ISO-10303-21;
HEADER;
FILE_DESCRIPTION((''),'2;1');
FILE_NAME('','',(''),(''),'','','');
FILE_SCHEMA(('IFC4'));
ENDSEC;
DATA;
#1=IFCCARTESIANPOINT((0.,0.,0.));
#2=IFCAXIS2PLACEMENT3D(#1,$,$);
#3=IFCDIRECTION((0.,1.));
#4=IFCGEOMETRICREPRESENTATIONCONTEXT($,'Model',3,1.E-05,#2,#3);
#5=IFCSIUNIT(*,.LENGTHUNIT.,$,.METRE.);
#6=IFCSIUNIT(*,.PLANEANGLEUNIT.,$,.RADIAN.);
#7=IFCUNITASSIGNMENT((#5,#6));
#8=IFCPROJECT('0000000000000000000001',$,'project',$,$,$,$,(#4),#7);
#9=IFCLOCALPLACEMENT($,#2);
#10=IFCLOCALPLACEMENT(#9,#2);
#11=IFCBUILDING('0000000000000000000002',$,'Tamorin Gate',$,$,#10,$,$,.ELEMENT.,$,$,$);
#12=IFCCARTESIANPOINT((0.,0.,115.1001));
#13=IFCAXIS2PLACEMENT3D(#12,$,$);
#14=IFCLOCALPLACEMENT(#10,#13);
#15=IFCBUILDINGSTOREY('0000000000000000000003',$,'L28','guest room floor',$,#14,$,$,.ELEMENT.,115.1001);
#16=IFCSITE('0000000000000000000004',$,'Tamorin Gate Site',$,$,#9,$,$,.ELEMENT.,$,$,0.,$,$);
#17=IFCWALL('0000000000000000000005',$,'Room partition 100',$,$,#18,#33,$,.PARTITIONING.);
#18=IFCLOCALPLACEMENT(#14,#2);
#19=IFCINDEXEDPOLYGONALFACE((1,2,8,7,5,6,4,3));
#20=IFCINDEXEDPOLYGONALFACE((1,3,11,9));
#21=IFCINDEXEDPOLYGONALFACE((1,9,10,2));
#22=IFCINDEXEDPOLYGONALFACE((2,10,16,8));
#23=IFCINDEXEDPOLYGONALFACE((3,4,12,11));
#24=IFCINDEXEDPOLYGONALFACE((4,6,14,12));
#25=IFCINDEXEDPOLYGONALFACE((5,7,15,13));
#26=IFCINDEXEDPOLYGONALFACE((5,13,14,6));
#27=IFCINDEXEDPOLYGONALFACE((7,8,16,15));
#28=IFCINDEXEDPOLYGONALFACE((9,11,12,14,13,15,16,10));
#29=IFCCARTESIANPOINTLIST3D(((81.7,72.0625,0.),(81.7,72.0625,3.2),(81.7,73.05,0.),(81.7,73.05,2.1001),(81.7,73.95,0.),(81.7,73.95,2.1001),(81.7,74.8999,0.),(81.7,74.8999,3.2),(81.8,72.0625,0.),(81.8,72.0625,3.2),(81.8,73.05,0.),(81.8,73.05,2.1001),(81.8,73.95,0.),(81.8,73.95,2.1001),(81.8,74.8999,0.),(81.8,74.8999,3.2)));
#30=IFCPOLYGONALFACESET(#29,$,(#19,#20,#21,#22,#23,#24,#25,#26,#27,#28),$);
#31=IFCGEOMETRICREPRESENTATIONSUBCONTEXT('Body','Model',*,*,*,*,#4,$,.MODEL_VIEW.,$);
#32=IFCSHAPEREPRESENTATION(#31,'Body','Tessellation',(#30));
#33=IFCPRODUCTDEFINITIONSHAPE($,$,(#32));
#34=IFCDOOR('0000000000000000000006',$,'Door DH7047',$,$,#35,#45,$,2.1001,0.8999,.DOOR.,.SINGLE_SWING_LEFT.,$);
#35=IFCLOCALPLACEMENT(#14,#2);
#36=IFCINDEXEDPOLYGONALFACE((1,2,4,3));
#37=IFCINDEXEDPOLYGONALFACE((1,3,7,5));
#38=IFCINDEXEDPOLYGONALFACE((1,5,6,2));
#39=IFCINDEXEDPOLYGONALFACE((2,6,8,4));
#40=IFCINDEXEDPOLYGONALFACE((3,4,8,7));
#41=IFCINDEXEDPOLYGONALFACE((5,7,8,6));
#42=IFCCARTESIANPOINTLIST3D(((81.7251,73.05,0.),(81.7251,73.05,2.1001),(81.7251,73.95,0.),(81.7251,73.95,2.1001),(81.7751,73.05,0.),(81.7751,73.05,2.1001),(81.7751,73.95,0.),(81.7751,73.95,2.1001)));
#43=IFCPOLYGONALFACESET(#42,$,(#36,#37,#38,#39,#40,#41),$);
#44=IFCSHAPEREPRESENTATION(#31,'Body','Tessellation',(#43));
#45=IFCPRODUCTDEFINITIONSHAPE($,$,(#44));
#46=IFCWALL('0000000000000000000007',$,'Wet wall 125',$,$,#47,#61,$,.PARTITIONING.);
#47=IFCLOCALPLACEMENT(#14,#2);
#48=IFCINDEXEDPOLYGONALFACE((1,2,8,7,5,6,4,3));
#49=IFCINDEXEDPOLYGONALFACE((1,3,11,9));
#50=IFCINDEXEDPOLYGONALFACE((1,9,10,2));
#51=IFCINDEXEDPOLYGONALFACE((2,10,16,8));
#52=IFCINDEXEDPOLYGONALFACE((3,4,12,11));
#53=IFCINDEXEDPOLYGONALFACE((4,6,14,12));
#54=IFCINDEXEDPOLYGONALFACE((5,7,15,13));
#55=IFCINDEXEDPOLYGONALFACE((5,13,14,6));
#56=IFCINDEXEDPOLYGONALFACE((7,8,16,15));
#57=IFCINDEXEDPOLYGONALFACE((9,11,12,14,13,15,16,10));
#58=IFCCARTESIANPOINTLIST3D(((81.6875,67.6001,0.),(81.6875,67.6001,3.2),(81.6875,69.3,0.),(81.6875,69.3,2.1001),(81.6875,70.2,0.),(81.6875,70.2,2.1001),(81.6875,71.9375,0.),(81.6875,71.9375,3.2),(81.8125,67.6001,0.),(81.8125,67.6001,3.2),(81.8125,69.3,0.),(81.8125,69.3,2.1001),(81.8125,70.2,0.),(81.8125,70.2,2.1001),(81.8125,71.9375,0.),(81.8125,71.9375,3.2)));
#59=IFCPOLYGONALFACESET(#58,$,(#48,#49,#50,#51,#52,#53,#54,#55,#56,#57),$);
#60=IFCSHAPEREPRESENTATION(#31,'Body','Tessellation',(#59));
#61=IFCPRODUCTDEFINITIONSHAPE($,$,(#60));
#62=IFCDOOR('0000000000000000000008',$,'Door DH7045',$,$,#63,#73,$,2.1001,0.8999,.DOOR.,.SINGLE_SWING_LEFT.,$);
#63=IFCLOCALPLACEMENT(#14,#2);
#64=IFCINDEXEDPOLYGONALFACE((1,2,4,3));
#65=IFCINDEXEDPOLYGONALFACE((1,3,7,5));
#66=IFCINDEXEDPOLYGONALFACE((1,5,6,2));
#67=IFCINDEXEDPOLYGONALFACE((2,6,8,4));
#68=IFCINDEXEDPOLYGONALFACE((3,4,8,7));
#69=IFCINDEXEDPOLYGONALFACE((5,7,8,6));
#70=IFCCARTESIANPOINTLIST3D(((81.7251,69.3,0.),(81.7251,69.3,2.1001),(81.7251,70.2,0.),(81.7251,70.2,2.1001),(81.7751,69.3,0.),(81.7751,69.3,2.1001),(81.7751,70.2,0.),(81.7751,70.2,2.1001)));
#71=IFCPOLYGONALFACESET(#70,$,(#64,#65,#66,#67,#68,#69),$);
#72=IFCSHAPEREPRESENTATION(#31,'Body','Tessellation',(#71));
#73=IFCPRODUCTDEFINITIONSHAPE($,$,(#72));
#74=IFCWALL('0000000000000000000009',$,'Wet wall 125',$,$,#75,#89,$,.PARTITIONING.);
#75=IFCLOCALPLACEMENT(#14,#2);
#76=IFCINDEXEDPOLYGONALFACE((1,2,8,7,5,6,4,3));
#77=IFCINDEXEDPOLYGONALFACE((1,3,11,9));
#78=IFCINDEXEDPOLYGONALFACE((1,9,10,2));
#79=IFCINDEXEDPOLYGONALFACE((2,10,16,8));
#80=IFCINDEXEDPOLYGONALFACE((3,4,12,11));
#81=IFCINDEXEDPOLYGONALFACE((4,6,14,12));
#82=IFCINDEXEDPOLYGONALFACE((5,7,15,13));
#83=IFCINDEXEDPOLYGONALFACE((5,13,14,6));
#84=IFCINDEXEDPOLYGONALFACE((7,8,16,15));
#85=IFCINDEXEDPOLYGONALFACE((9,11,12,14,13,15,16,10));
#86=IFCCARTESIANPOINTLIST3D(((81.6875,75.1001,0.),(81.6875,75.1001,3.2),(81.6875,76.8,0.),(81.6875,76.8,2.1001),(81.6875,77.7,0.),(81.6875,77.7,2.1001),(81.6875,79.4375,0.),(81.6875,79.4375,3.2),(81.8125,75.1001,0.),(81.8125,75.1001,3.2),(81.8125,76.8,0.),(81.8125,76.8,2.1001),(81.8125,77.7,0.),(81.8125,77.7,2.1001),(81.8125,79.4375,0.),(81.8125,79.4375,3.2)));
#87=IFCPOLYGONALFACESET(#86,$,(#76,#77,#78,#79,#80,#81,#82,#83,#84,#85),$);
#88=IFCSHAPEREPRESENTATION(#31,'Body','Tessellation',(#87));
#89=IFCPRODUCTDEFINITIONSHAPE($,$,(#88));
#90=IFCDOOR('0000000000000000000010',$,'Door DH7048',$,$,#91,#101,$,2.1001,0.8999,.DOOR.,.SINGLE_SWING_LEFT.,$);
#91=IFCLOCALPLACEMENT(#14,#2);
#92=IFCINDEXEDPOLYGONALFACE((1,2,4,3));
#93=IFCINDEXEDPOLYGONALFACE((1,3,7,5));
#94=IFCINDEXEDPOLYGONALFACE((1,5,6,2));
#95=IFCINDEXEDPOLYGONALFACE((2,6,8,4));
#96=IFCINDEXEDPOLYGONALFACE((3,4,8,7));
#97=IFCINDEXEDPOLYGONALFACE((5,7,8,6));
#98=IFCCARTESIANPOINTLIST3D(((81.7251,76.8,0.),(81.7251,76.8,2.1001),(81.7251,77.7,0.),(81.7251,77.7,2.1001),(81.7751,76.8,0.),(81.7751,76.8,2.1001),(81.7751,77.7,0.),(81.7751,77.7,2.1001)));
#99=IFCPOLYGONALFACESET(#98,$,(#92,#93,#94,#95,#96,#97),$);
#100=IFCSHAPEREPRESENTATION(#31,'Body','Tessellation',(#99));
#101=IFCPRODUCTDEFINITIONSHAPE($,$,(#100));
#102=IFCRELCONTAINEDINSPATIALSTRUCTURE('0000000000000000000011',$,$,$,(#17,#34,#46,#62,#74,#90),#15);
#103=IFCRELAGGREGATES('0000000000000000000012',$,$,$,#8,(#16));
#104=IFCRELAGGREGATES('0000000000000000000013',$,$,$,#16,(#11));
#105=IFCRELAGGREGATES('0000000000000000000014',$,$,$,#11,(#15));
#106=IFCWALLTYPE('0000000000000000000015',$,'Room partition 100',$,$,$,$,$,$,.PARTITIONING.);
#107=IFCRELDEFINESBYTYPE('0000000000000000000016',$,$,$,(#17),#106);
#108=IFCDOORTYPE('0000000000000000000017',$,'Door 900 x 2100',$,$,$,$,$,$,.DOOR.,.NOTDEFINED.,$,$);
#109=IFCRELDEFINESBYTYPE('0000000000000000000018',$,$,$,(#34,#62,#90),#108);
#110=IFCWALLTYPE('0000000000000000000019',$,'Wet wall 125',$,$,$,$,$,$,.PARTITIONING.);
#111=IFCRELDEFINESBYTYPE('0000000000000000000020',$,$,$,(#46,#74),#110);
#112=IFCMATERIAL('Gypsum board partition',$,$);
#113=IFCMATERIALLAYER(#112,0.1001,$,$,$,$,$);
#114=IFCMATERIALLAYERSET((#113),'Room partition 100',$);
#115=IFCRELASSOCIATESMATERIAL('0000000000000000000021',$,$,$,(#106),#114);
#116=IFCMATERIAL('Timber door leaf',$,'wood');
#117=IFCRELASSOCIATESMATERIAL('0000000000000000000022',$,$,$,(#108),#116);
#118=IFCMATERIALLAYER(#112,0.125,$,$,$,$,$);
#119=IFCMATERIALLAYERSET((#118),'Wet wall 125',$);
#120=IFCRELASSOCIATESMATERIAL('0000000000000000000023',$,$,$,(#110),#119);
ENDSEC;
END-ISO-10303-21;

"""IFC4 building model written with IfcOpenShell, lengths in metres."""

from ifc_helpers import new_model, si_unit, direction, frame, frame_2d, origin, place, context, subcontext, project, spatial, rectangle, extrude, material, layer, layer_set, type_object, element, fill, save


model = new_model("IFC4")

# Units and contexts
model_context = context("Model", 3, precision=1e-05, world=origin(), true_north=direction((0.0, 1.0)))
body_context = subcontext(model_context, "Body", "Model", "MODEL_VIEW")
ifc_project = project(units=[si_unit("LENGTHUNIT", "METRE"), si_unit("PLANEANGLEUNIT", "RADIAN")], contexts=[model_context])

# Site, building, storey
site_placement = place(None, origin())
site = spatial("IfcSite", under=ifc_project, at=site_placement, Name="Tamorin Gate Site", CompositionType="ELEMENT", RefElevation=0.0)
building_placement = place(site_placement, origin())
building = spatial("IfcBuilding", under=site, at=building_placement, Name="Tamorin Gate", CompositionType="ELEMENT")
storey_placement = place(building_placement, frame((0.0, 0.0, 115.1001)))
storey = spatial("IfcBuildingStorey", under=building, at=storey_placement, Name="L28", Description="guest room floor", CompositionType="ELEMENT", Elevation=115.1001)

# Walls, openings, doors
ifc_material_1 = material(Name="Gypsum board partition")
ifc_layer_1 = layer(ifc_material_1, 0.1001)
ifc_layer_set_1 = layer_set([ifc_layer_1], Name="Room partition 100")
wall_type_1 = type_object("IfcWallType", Name="Room partition 100", PredefinedType="PARTITIONING", material=ifc_layer_set_1)
ifc_material_2 = material(Name="Timber door leaf", Category="wood")
door_type = type_object("IfcDoorType", Name="Door 900 x 2100", OperationType="NOTDEFINED", PredefinedType="DOOR", material=ifc_material_2)
wall_1_placement = place(storey_placement, frame((81.75, 72.0625, 0.0), z_axis=(0.0, 0.0, 1.0), x_axis=(0.0, 1.0, 0.0)))
wall_1 = element("IfcWall", 1, at=wall_1_placement, inside=storey, type_object=wall_type_1, Name="Room partition 100", PredefinedType="PARTITIONING", context=body_context, shape_type="SweptSolid", body=[
    extrude(rectangle(XDim=2.8374, YDim=0.1001, at=frame_2d((1.4187, 0.0))), origin(), (0.0, 0.0, 1.0), 3.2),
])
opening_1_placement = place(wall_1_placement, frame((0.9875, 0.0, 0.0)))
opening_1 = element("IfcOpeningElement", 2, at=opening_1_placement, cuts=wall_1, PredefinedType="OPENING", context=body_context, shape_type="SweptSolid", body=[
    extrude(rectangle(XDim=0.8999, YDim=2.1001, at=frame_2d((0.45, 1.05))), frame((0.0, 0.0601, 0.0), z_axis=(0.0, -1.0, 0.0), x_axis=(1.0, 0.0, 0.0)), (0.0, 0.0, 1.0), 0.1201),
])
door_1_placement = place(opening_1_placement, origin())
door_1 = element("IfcDoor", 3, at=door_1_placement, inside=storey, type_object=door_type, Name="Door DH7047", OperationType="SINGLE_SWING_LEFT", OverallHeight=2.1001, OverallWidth=0.8999, PredefinedType="DOOR", context=body_context, shape_type="SweptSolid", body=[
    extrude(rectangle(XDim=0.8999, YDim=2.1001, at=frame_2d((0.45, 1.05))), frame((0.0, 0.0249, 0.0), z_axis=(0.0, -1.0, 0.0), x_axis=(1.0, 0.0, 0.0)), (0.0, 0.0, 1.0), 0.05),
])
fill(opening_1, door_1)
ifc_layer_2 = layer(ifc_material_1, 0.125)
ifc_layer_set_2 = layer_set([ifc_layer_2], Name="Wet wall 125")
wall_type_2 = type_object("IfcWallType", Name="Wet wall 125", PredefinedType="PARTITIONING", material=ifc_layer_set_2)
wall_2_placement = place(storey_placement, frame((81.75, 67.6001, 0.0), z_axis=(0.0, 0.0, 1.0), x_axis=(0.0, 1.0, 0.0)))
wall_2 = element("IfcWall", 4, at=wall_2_placement, inside=storey, type_object=wall_type_2, Name="Wet wall 125", PredefinedType="PARTITIONING", context=body_context, shape_type="SweptSolid", body=[
    extrude(rectangle(XDim=4.3374, YDim=0.125, at=frame_2d((2.1687, 0.0))), origin(), (0.0, 0.0, 1.0), 3.2),
])
opening_2_placement = place(wall_2_placement, frame((1.7, 0.0, 0.0)))
opening_2 = element("IfcOpeningElement", 5, at=opening_2_placement, cuts=wall_2, PredefinedType="OPENING", context=body_context, shape_type="SweptSolid", body=[
    extrude(rectangle(XDim=0.8999, YDim=2.1001, at=frame_2d((0.45, 1.05))), frame((0.0, 0.0725, 0.0), z_axis=(0.0, -1.0, 0.0), x_axis=(1.0, 0.0, 0.0)), (0.0, 0.0, 1.0), 0.145),
])
door_2_placement = place(opening_2_placement, origin())
door_2 = element("IfcDoor", 6, at=door_2_placement, inside=storey, type_object=door_type, Name="Door DH7045", OperationType="SINGLE_SWING_LEFT", OverallHeight=2.1001, OverallWidth=0.8999, PredefinedType="DOOR", context=body_context, shape_type="SweptSolid", body=[
    extrude(rectangle(XDim=0.8999, YDim=2.1001, at=frame_2d((0.45, 1.05))), frame((0.0, 0.0249, 0.0), z_axis=(0.0, -1.0, 0.0), x_axis=(1.0, 0.0, 0.0)), (0.0, 0.0, 1.0), 0.05),
])
fill(opening_2, door_2)
wall_3_placement = place(storey_placement, frame((81.75, 75.1001, 0.0), z_axis=(0.0, 0.0, 1.0), x_axis=(0.0, 1.0, 0.0)))
wall_3 = element("IfcWall", 7, at=wall_3_placement, inside=storey, type_object=wall_type_2, Name="Wet wall 125", PredefinedType="PARTITIONING", context=body_context, shape_type="SweptSolid", body=[
    extrude(rectangle(XDim=4.3374, YDim=0.125, at=frame_2d((2.1687, 0.0))), origin(), (0.0, 0.0, 1.0), 3.2),
])
opening_3_placement = place(wall_3_placement, frame((1.7, 0.0, 0.0)))
opening_3 = element("IfcOpeningElement", 8, at=opening_3_placement, cuts=wall_3, PredefinedType="OPENING", context=body_context, shape_type="SweptSolid", body=[
    extrude(rectangle(XDim=0.8999, YDim=2.1001, at=frame_2d((0.45, 1.05))), frame((0.0, 0.0725, 0.0), z_axis=(0.0, -1.0, 0.0), x_axis=(1.0, 0.0, 0.0)), (0.0, 0.0, 1.0), 0.145),
])
door_3_placement = place(opening_3_placement, origin())
door_3 = element("IfcDoor", 9, at=door_3_placement, inside=storey, type_object=door_type, Name="Door DH7048", OperationType="SINGLE_SWING_LEFT", OverallHeight=2.1001, OverallWidth=0.8999, PredefinedType="DOOR", context=body_context, shape_type="SweptSolid", body=[
    extrude(rectangle(XDim=0.8999, YDim=2.1001, at=frame_2d((0.45, 1.05))), frame((0.0, 0.0249, 0.0), z_axis=(0.0, -1.0, 0.0), x_axis=(1.0, 0.0, 0.0)), (0.0, 0.0, 1.0), 0.05),
])
fill(opening_3, door_3)

save(model, "model.ifc")
